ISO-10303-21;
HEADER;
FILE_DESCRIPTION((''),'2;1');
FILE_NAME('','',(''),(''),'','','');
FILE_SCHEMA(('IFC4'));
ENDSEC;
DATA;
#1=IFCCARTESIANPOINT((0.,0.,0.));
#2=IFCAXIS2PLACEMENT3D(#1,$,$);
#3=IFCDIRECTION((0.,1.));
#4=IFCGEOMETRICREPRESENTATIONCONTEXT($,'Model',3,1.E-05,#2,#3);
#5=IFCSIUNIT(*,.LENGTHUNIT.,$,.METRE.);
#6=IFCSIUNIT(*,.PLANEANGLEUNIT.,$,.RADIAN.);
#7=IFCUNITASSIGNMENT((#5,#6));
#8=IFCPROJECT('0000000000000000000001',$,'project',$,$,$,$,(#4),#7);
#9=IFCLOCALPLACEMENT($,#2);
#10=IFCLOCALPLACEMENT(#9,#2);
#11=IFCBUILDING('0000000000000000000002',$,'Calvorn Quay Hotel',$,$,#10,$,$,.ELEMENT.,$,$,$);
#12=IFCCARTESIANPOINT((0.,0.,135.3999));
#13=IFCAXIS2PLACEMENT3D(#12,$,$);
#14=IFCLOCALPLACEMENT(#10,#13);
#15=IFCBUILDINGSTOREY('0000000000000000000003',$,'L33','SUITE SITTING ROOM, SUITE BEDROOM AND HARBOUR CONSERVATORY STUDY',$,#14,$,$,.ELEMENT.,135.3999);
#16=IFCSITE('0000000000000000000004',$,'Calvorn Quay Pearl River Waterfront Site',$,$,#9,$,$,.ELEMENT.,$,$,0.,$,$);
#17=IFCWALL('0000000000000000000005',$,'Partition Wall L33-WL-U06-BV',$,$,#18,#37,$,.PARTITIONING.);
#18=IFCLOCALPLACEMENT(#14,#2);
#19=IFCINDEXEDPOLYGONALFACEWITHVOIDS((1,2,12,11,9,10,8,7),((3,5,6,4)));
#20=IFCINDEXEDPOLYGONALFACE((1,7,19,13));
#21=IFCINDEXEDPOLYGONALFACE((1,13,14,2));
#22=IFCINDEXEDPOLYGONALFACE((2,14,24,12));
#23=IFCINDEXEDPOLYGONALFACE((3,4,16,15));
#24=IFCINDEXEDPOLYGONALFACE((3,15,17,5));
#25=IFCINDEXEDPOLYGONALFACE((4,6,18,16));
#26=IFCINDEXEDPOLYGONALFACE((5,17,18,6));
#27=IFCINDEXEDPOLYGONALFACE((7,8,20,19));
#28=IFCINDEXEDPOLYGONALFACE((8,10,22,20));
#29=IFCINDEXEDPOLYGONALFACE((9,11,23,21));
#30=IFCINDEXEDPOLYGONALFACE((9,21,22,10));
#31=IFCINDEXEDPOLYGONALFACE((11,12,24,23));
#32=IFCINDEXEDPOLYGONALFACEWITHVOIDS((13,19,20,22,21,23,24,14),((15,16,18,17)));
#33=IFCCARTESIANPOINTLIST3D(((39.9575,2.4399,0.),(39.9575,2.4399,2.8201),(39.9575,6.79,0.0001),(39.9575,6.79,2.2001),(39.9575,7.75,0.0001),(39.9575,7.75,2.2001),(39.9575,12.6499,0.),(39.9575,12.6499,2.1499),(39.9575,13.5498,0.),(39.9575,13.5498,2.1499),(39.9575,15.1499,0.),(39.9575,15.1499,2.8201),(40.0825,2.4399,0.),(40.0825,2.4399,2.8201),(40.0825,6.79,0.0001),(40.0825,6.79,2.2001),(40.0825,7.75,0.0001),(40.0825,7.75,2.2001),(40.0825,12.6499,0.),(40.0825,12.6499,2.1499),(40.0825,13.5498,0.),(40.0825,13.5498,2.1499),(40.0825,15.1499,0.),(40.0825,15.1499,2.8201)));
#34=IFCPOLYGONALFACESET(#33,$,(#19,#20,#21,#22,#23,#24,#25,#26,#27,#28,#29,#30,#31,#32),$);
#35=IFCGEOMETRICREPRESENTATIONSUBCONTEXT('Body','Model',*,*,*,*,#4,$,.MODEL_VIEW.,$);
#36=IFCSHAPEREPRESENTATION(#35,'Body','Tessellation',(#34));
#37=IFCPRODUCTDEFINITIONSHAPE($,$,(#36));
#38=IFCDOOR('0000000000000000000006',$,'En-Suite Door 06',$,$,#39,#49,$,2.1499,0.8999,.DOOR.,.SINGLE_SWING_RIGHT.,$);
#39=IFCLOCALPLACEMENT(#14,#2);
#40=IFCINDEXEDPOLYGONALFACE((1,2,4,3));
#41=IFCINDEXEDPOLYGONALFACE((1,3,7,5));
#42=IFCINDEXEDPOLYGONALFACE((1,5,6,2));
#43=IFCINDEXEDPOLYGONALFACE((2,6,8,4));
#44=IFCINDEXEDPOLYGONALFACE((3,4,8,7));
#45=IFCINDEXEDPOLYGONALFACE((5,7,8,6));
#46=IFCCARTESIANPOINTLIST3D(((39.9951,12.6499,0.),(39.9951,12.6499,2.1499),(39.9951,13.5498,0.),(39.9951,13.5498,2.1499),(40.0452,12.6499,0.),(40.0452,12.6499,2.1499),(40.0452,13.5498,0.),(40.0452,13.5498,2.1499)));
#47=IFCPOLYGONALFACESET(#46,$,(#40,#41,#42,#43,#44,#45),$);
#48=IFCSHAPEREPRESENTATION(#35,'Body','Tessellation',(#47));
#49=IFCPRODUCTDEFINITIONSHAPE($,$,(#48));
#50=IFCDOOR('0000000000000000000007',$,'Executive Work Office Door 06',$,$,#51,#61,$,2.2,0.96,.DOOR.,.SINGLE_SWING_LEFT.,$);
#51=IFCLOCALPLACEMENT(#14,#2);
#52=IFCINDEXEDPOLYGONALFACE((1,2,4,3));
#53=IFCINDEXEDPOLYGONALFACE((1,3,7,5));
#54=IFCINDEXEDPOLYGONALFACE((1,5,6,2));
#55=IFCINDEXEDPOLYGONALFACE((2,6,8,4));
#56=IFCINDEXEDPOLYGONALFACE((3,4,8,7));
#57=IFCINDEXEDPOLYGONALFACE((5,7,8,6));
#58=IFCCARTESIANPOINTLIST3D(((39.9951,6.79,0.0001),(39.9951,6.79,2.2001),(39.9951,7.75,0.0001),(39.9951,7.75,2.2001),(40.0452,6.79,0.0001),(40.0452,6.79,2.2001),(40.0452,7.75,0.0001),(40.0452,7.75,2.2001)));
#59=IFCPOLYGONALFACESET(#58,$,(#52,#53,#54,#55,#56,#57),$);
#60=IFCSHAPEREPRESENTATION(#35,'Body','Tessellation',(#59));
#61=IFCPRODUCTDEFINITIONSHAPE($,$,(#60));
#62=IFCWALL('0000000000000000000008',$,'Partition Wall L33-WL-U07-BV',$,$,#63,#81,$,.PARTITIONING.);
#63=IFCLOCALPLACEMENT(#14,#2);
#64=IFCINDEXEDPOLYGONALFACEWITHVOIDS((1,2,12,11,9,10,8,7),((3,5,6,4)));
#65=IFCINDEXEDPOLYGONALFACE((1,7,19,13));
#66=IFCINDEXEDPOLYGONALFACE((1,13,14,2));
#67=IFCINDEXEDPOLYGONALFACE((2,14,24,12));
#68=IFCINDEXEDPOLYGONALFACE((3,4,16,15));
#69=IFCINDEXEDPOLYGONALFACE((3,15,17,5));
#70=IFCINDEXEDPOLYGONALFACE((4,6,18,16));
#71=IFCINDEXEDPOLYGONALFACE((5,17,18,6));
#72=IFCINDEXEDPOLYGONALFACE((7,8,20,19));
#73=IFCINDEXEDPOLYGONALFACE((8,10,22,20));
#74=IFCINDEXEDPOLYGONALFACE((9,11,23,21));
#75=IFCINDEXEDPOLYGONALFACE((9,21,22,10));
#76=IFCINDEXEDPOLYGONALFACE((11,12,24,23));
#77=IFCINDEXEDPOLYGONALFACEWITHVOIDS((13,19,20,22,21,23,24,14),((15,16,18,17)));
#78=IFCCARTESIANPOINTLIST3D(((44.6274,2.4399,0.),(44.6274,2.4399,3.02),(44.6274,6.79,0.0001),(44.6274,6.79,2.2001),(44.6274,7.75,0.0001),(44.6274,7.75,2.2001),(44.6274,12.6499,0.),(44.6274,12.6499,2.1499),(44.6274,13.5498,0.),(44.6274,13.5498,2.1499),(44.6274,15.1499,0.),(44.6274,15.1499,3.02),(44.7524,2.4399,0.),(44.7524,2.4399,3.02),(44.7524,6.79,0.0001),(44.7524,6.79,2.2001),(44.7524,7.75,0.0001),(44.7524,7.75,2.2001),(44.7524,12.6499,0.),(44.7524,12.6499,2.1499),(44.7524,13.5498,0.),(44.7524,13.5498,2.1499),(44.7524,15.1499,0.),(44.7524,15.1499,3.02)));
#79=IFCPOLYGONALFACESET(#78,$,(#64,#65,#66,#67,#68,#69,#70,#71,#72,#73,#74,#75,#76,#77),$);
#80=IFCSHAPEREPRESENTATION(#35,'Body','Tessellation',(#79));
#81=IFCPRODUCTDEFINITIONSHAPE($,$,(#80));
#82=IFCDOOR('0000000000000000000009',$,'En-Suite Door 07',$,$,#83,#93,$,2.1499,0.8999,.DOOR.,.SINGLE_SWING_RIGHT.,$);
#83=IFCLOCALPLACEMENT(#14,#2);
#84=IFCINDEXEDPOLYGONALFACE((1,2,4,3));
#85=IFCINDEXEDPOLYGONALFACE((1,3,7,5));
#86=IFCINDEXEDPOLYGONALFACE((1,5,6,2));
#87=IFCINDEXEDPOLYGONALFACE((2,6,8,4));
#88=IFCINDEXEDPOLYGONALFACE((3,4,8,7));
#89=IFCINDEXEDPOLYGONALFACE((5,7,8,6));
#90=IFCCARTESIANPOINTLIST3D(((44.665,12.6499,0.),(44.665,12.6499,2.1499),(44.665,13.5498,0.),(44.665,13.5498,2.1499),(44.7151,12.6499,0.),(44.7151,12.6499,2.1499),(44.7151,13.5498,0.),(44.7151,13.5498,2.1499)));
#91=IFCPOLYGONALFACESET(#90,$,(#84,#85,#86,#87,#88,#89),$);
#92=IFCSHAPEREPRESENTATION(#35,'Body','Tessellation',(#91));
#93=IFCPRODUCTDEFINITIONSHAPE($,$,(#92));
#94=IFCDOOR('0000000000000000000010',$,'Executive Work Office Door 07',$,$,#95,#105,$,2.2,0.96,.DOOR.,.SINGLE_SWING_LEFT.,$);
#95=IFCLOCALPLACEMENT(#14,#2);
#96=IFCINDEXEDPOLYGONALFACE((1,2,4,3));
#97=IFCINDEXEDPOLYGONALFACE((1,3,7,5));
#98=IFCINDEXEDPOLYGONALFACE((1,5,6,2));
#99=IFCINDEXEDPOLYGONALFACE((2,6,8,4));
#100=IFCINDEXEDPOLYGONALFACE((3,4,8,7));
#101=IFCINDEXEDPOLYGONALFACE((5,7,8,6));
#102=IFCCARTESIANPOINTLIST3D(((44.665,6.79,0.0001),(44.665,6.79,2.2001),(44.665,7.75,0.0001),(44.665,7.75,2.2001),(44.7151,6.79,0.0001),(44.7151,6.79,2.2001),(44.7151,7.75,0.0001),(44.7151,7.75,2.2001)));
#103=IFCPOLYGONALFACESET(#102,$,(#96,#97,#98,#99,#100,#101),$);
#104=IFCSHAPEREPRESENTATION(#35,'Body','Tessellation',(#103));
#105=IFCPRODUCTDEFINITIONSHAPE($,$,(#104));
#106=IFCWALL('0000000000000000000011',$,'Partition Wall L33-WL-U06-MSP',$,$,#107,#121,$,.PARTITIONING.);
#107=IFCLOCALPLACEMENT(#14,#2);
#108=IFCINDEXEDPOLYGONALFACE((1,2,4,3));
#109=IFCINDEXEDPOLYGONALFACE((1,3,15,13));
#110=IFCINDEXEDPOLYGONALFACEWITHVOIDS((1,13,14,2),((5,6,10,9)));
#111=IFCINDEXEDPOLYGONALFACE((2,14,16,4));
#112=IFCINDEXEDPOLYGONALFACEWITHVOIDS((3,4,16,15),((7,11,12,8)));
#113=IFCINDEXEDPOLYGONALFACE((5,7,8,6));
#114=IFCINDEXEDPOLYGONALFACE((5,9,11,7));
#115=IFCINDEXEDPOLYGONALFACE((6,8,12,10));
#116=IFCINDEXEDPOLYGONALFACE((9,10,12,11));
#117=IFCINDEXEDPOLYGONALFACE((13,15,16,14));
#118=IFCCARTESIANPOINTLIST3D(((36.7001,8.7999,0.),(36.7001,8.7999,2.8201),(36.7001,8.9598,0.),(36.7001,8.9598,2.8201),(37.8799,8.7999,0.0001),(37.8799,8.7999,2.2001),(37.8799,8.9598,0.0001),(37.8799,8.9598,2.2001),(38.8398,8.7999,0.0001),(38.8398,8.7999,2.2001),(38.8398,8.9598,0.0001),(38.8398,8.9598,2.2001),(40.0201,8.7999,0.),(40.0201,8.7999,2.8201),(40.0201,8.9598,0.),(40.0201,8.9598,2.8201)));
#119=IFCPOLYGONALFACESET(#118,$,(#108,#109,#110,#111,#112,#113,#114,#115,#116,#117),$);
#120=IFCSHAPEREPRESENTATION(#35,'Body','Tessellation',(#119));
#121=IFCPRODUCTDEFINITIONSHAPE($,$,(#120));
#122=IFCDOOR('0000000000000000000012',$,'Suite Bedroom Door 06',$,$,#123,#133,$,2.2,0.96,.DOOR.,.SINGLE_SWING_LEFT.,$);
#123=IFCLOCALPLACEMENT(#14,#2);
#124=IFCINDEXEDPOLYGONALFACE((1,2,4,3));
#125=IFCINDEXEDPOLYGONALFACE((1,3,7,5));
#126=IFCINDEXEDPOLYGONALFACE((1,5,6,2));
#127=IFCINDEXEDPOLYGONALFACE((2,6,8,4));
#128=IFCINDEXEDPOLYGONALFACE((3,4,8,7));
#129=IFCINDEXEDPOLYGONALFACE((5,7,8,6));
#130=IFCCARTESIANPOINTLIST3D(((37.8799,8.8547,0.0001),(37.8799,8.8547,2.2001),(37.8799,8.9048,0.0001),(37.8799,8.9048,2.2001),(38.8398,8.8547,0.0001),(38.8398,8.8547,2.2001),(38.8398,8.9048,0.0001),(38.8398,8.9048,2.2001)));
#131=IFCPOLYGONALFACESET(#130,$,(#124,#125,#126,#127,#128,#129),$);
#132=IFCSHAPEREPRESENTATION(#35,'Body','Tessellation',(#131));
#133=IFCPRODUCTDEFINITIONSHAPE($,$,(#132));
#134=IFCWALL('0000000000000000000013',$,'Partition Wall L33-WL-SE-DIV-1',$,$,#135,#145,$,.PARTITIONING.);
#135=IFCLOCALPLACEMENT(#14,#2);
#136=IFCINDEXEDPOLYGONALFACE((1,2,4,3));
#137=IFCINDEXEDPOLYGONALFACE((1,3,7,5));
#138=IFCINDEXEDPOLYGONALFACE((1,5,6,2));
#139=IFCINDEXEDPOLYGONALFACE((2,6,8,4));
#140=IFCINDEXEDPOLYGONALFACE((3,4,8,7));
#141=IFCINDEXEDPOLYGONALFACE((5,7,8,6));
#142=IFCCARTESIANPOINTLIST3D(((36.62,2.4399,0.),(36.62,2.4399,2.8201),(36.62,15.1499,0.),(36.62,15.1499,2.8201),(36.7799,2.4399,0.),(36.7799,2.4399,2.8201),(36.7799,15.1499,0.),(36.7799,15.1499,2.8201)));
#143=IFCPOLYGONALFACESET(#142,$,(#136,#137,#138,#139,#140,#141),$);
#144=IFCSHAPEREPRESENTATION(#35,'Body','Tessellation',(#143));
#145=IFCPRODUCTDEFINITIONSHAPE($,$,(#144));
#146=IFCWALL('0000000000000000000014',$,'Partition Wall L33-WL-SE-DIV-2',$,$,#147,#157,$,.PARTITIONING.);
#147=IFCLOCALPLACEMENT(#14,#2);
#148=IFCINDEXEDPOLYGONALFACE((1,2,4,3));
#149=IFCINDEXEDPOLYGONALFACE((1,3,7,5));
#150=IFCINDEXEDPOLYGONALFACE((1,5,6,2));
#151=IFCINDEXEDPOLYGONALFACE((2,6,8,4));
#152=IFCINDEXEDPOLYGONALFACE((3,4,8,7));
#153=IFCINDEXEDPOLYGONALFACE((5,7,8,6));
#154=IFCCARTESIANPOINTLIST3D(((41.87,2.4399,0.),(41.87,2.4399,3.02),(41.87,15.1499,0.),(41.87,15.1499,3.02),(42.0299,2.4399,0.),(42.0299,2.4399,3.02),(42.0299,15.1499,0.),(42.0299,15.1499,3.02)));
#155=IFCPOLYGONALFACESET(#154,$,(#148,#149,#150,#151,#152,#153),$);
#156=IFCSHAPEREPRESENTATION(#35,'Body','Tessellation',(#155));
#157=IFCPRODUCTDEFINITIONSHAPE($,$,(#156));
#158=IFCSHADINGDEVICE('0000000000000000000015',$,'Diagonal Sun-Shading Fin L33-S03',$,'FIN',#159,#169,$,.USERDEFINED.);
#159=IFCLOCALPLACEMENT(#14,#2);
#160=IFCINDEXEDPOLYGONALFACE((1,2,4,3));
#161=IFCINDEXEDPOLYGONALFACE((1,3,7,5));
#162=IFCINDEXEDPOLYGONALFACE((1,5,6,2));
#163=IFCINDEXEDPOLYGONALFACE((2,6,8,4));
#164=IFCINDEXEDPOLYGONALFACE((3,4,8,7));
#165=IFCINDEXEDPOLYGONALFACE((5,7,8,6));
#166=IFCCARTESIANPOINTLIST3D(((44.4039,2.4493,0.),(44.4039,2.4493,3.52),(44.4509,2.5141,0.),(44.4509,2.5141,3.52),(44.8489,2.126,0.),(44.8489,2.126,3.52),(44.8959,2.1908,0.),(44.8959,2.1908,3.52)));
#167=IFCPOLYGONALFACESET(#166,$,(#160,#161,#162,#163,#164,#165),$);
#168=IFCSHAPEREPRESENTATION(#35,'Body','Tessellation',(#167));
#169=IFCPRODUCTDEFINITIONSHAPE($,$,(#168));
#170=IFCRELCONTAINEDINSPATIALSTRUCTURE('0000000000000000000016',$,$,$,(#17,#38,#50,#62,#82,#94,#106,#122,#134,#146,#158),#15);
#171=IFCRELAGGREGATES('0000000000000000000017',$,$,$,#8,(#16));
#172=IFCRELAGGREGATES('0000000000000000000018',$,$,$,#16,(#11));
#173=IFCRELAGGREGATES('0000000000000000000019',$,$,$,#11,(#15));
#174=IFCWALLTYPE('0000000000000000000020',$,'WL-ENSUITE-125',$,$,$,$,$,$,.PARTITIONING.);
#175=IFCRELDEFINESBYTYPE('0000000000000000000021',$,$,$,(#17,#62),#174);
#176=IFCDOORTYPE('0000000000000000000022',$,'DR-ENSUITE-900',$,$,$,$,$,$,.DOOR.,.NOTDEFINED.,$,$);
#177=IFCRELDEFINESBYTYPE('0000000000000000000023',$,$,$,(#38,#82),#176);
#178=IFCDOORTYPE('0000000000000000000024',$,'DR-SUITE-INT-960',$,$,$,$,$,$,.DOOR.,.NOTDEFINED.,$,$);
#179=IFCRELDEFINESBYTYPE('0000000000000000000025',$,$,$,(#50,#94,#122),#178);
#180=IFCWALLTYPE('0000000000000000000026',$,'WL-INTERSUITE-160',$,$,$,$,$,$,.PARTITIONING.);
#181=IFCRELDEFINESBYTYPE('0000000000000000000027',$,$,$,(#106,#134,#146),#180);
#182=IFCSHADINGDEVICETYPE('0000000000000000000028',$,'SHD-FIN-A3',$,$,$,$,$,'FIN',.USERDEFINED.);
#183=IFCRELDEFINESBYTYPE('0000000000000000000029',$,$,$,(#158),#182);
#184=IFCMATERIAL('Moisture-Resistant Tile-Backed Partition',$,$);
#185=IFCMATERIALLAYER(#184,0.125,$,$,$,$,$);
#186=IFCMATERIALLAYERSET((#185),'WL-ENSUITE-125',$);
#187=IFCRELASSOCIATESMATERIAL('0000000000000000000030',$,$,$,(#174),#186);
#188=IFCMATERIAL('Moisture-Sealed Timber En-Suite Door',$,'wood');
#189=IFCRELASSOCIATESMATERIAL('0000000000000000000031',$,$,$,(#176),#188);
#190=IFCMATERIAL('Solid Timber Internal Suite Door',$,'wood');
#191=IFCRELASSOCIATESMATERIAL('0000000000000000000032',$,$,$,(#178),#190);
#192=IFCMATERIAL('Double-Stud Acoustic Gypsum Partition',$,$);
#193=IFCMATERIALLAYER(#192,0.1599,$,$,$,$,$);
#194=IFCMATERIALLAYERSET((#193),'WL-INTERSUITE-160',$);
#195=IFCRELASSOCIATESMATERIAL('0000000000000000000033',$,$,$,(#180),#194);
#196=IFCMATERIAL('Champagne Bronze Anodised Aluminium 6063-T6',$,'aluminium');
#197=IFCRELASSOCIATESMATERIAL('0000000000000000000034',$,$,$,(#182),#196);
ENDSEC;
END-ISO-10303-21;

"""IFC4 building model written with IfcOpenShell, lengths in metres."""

from ifc_helpers import new_model, si_unit, direction, frame, frame_2d, origin, origin_2d, place, context, subcontext, project, spatial, rectangle, extrude, material, layer, layer_set, type_object, element, fill, save


model = new_model("IFC4")

# Units and contexts
model_context = context("Model", 3, precision=1e-05, world=origin(), true_north=direction((0.0, 1.0)))
body_context = subcontext(model_context, "Body", "Model", "MODEL_VIEW")
ifc_project = project(units=[si_unit("LENGTHUNIT", "METRE"), si_unit("PLANEANGLEUNIT", "RADIAN")], contexts=[model_context])

# Site, building, storey
site_placement = place(None, origin())
site = spatial("IfcSite", under=ifc_project, at=site_placement, Name="Calvorn Quay Pearl River Waterfront Site", CompositionType="ELEMENT", RefElevation=0.0)
building_placement = place(site_placement, origin())
building = spatial("IfcBuilding", under=site, at=building_placement, Name="Calvorn Quay Hotel", CompositionType="ELEMENT")
storey_placement = place(building_placement, frame((0.0, 0.0, 135.3999)))
storey = spatial("IfcBuildingStorey", under=building, at=storey_placement, Name="L33", Description="SUITE SITTING ROOM, SUITE BEDROOM AND HARBOUR CONSERVATORY STUDY", CompositionType="ELEMENT", Elevation=135.3999)

# Walls, openings, doors
ifc_material_1 = material(Name="Moisture-Resistant Tile-Backed Partition")
ifc_layer_1 = layer(ifc_material_1, 0.125)
ifc_layer_set_1 = layer_set([ifc_layer_1], Name="WL-ENSUITE-125")
wall_type_1 = type_object("IfcWallType", Name="WL-ENSUITE-125", PredefinedType="PARTITIONING", material=ifc_layer_set_1)
ifc_material_2 = material(Name="Moisture-Sealed Timber En-Suite Door", Category="wood")
door_type_1 = type_object("IfcDoorType", Name="DR-ENSUITE-900", OperationType="NOTDEFINED", PredefinedType="DOOR", material=ifc_material_2)
ifc_material_3 = material(Name="Solid Timber Internal Suite Door", Category="wood")
door_type_2 = type_object("IfcDoorType", Name="DR-SUITE-INT-960", OperationType="NOTDEFINED", PredefinedType="DOOR", material=ifc_material_3)
wall_1_placement = place(storey_placement, frame((40.02, 2.4399, 0.0), z_axis=(0.0, 0.0, 1.0), x_axis=(0.0, 1.0, 0.0)))
wall_1 = element("IfcWall", 1, at=wall_1_placement, inside=storey, type_object=wall_type_1, Name="Partition Wall L33-WL-U06-BV", PredefinedType="PARTITIONING", context=body_context, shape_type="SweptSolid", body=[
    extrude(rectangle(XDim=12.71, YDim=0.125, at=frame_2d((6.355, 0.0))), origin(), (0.0, 0.0, 1.0), 2.8201),
])
opening_1_placement = place(wall_1_placement, frame((4.3501, 0.0, 0.0)))
opening_1 = element("IfcOpeningElement", 2, at=opening_1_placement, cuts=wall_1, PredefinedType="OPENING", context=body_context, shape_type="SweptSolid", body=[
    extrude(rectangle(XDim=0.96, YDim=2.2, at=frame_2d((0.48, 1.1001))), frame((0.0, 0.0725, 0.0), z_axis=(0.0, -1.0, 0.0), x_axis=(1.0, 0.0, 0.0)), (0.0, 0.0, 1.0), 0.145),
])
opening_2_placement = place(wall_1_placement, frame((10.21, 0.0, 0.0)))
opening_2 = element("IfcOpeningElement", 3, at=opening_2_placement, cuts=wall_1, PredefinedType="OPENING", context=body_context, shape_type="SweptSolid", body=[
    extrude(rectangle(XDim=0.8999, YDim=2.1499, at=frame_2d((0.45, 1.075))), frame((0.0, 0.0725, 0.0), z_axis=(0.0, -1.0, 0.0), x_axis=(1.0, 0.0, 0.0)), (0.0, 0.0, 1.0), 0.145),
])
door_1_placement = place(opening_2_placement, origin())
door_1 = element("IfcDoor", 4, at=door_1_placement, inside=storey, type_object=door_type_1, Name="En-Suite Door 06", OperationType="SINGLE_SWING_RIGHT", OverallHeight=2.1499, OverallWidth=0.8999, PredefinedType="DOOR", context=body_context, shape_type="SweptSolid", body=[
    extrude(rectangle(XDim=0.8999, YDim=2.1499, at=frame_2d((0.45, 1.075))), frame((0.0, 0.0249, 0.0), z_axis=(0.0, -1.0, 0.0), x_axis=(1.0, 0.0, 0.0)), (0.0, 0.0, 1.0), 0.05),
])
fill(opening_2, door_1)
door_2_placement = place(opening_1_placement, origin())
door_2 = element("IfcDoor", 5, at=door_2_placement, inside=storey, type_object=door_type_2, Name="Executive Work Office Door 06", OperationType="SINGLE_SWING_LEFT", OverallHeight=2.2, OverallWidth=0.96, PredefinedType="DOOR", context=body_context, shape_type="SweptSolid", body=[
    extrude(rectangle(XDim=0.96, YDim=2.2, at=frame_2d((0.48, 1.1001))), frame((0.0, 0.0249, 0.0), z_axis=(0.0, -1.0, 0.0), x_axis=(1.0, 0.0, 0.0)), (0.0, 0.0, 1.0), 0.05),
])
fill(opening_1, door_2)
wall_2_placement = place(storey_placement, frame((44.6899, 2.4399, 0.0), z_axis=(0.0, 0.0, 1.0), x_axis=(0.0, 1.0, 0.0)))
wall_2 = element("IfcWall", 6, at=wall_2_placement, inside=storey, type_object=wall_type_1, Name="Partition Wall L33-WL-U07-BV", PredefinedType="PARTITIONING", context=body_context, shape_type="SweptSolid", body=[
    extrude(rectangle(XDim=12.71, YDim=0.125, at=frame_2d((6.355, 0.0))), origin(), (0.0, 0.0, 1.0), 3.02),
])
opening_3_placement = place(wall_2_placement, frame((4.3501, 0.0, 0.0)))
opening_3 = element("IfcOpeningElement", 7, at=opening_3_placement, cuts=wall_2, PredefinedType="OPENING", context=body_context, shape_type="SweptSolid", body=[
    extrude(rectangle(XDim=0.96, YDim=2.2, at=frame_2d((0.48, 1.1001))), frame((0.0, 0.0725, 0.0), z_axis=(0.0, -1.0, 0.0), x_axis=(1.0, 0.0, 0.0)), (0.0, 0.0, 1.0), 0.145),
])
opening_4_placement = place(wall_2_placement, frame((10.21, 0.0, 0.0)))
opening_4 = element("IfcOpeningElement", 8, at=opening_4_placement, cuts=wall_2, PredefinedType="OPENING", context=body_context, shape_type="SweptSolid", body=[
    extrude(rectangle(XDim=0.8999, YDim=2.1499, at=frame_2d((0.45, 1.075))), frame((0.0, 0.0725, 0.0), z_axis=(0.0, -1.0, 0.0), x_axis=(1.0, 0.0, 0.0)), (0.0, 0.0, 1.0), 0.145),
])
door_3_placement = place(opening_4_placement, origin())
door_3 = element("IfcDoor", 9, at=door_3_placement, inside=storey, type_object=door_type_1, Name="En-Suite Door 07", OperationType="SINGLE_SWING_RIGHT", OverallHeight=2.1499, OverallWidth=0.8999, PredefinedType="DOOR", context=body_context, shape_type="SweptSolid", body=[
    extrude(rectangle(XDim=0.8999, YDim=2.1499, at=frame_2d((0.45, 1.075))), frame((0.0, 0.0249, 0.0), z_axis=(0.0, -1.0, 0.0), x_axis=(1.0, 0.0, 0.0)), (0.0, 0.0, 1.0), 0.05),
])
fill(opening_4, door_3)
door_4_placement = place(opening_3_placement, origin())
door_4 = element("IfcDoor", 10, at=door_4_placement, inside=storey, type_object=door_type_2, Name="Executive Work Office Door 07", OperationType="SINGLE_SWING_LEFT", OverallHeight=2.2, OverallWidth=0.96, PredefinedType="DOOR", context=body_context, shape_type="SweptSolid", body=[
    extrude(rectangle(XDim=0.96, YDim=2.2, at=frame_2d((0.48, 1.1001))), frame((0.0, 0.0249, 0.0), z_axis=(0.0, -1.0, 0.0), x_axis=(1.0, 0.0, 0.0)), (0.0, 0.0, 1.0), 0.05),
])
fill(opening_3, door_4)

# Wall, opening, door
ifc_material_4 = material(Name="Double-Stud Acoustic Gypsum Partition")
ifc_layer_2 = layer(ifc_material_4, 0.1599)
ifc_layer_set_2 = layer_set([ifc_layer_2], Name="WL-INTERSUITE-160")
wall_type_2 = type_object("IfcWallType", Name="WL-INTERSUITE-160", PredefinedType="PARTITIONING", material=ifc_layer_set_2)
wall_3_placement = place(storey_placement, frame((36.7, 8.8799, 0.0), z_axis=(0.0, 0.0, 1.0), x_axis=(1.0, 0.0, 0.0)))
wall_3 = element("IfcWall", 11, at=wall_3_placement, inside=storey, type_object=wall_type_2, Name="Partition Wall L33-WL-U06-MSP", PredefinedType="PARTITIONING", context=body_context, shape_type="SweptSolid", body=[
    extrude(rectangle(XDim=3.3201, YDim=0.1599, at=frame_2d((1.6602, 0.0))), origin(), (0.0, 0.0, 1.0), 2.8201),
])
opening_5_placement = place(wall_3_placement, frame((1.1799, 0.0, 0.0)))
opening_5 = element("IfcOpeningElement", 12, at=opening_5_placement, cuts=wall_3, PredefinedType="OPENING", context=body_context, shape_type="SweptSolid", body=[
    extrude(rectangle(XDim=0.96, YDim=2.2, at=frame_2d((0.48, 1.1001))), frame((0.0, 0.0898, 0.0), z_axis=(0.0, -1.0, 0.0), x_axis=(1.0, 0.0, 0.0)), (0.0, 0.0, 1.0), 0.1799),
])
door_5_placement = place(opening_5_placement, origin())
door_5 = element("IfcDoor", 13, at=door_5_placement, inside=storey, type_object=door_type_2, Name="Suite Bedroom Door 06", OperationType="SINGLE_SWING_LEFT", OverallHeight=2.2, OverallWidth=0.96, PredefinedType="DOOR", context=body_context, shape_type="SweptSolid", body=[
    extrude(rectangle(XDim=0.96, YDim=2.2, at=frame_2d((0.48, 1.1001))), frame((0.0, 0.0249, 0.0), z_axis=(0.0, -1.0, 0.0), x_axis=(1.0, 0.0, 0.0)), (0.0, 0.0, 1.0), 0.05),
])
fill(opening_5, door_5)

# Walls
wall_4_placement = place(storey_placement, frame((36.7, 2.4399, 0.0), z_axis=(0.0, 0.0, 1.0), x_axis=(0.0, 1.0, 0.0)))
element("IfcWall", 14, at=wall_4_placement, inside=storey, type_object=wall_type_2, Name="Partition Wall L33-WL-SE-DIV-1", PredefinedType="PARTITIONING", context=body_context, shape_type="SweptSolid", body=[
    extrude(rectangle(XDim=12.71, YDim=0.1599, at=frame_2d((6.355, 0.0))), origin(), (0.0, 0.0, 1.0), 2.8201),
])
wall_5_placement = place(storey_placement, frame((41.95, 2.4399, 0.0), z_axis=(0.0, 0.0, 1.0), x_axis=(0.0, 1.0, 0.0)))
element("IfcWall", 15, at=wall_5_placement, inside=storey, type_object=wall_type_2, Name="Partition Wall L33-WL-SE-DIV-2", PredefinedType="PARTITIONING", context=body_context, shape_type="SweptSolid", body=[
    extrude(rectangle(XDim=12.71, YDim=0.1599, at=frame_2d((6.355, 0.0))), origin(), (0.0, 0.0, 1.0), 3.02),
])

# Shading device
ifc_material_5 = material(Name="Champagne Bronze Anodised Aluminium 6063-T6", Category="aluminium")
shading_device_type = type_object("IfcShadingDeviceType", Name="SHD-FIN-A3", ElementType="FIN", PredefinedType="USERDEFINED", material=ifc_material_5)
shading_device_placement = place(storey_placement, frame((44.6499, 2.3201, 0.0), z_axis=(0.0, 0.0, 1.0), x_axis=(-0.809017, 0.587785, 0.0)))
element("IfcShadingDevice", 16, at=shading_device_placement, inside=storey, type_object=shading_device_type, Name="Diagonal Sun-Shading Fin L33-S03", ObjectType="FIN", PredefinedType="USERDEFINED", context=body_context, shape_type="SweptSolid", body=[
    extrude(rectangle(XDim=0.55, YDim=0.0801, at=origin_2d()), origin(), (0.0, 0.0, 1.0), 3.52),
])

save(model, "model.ifc")
